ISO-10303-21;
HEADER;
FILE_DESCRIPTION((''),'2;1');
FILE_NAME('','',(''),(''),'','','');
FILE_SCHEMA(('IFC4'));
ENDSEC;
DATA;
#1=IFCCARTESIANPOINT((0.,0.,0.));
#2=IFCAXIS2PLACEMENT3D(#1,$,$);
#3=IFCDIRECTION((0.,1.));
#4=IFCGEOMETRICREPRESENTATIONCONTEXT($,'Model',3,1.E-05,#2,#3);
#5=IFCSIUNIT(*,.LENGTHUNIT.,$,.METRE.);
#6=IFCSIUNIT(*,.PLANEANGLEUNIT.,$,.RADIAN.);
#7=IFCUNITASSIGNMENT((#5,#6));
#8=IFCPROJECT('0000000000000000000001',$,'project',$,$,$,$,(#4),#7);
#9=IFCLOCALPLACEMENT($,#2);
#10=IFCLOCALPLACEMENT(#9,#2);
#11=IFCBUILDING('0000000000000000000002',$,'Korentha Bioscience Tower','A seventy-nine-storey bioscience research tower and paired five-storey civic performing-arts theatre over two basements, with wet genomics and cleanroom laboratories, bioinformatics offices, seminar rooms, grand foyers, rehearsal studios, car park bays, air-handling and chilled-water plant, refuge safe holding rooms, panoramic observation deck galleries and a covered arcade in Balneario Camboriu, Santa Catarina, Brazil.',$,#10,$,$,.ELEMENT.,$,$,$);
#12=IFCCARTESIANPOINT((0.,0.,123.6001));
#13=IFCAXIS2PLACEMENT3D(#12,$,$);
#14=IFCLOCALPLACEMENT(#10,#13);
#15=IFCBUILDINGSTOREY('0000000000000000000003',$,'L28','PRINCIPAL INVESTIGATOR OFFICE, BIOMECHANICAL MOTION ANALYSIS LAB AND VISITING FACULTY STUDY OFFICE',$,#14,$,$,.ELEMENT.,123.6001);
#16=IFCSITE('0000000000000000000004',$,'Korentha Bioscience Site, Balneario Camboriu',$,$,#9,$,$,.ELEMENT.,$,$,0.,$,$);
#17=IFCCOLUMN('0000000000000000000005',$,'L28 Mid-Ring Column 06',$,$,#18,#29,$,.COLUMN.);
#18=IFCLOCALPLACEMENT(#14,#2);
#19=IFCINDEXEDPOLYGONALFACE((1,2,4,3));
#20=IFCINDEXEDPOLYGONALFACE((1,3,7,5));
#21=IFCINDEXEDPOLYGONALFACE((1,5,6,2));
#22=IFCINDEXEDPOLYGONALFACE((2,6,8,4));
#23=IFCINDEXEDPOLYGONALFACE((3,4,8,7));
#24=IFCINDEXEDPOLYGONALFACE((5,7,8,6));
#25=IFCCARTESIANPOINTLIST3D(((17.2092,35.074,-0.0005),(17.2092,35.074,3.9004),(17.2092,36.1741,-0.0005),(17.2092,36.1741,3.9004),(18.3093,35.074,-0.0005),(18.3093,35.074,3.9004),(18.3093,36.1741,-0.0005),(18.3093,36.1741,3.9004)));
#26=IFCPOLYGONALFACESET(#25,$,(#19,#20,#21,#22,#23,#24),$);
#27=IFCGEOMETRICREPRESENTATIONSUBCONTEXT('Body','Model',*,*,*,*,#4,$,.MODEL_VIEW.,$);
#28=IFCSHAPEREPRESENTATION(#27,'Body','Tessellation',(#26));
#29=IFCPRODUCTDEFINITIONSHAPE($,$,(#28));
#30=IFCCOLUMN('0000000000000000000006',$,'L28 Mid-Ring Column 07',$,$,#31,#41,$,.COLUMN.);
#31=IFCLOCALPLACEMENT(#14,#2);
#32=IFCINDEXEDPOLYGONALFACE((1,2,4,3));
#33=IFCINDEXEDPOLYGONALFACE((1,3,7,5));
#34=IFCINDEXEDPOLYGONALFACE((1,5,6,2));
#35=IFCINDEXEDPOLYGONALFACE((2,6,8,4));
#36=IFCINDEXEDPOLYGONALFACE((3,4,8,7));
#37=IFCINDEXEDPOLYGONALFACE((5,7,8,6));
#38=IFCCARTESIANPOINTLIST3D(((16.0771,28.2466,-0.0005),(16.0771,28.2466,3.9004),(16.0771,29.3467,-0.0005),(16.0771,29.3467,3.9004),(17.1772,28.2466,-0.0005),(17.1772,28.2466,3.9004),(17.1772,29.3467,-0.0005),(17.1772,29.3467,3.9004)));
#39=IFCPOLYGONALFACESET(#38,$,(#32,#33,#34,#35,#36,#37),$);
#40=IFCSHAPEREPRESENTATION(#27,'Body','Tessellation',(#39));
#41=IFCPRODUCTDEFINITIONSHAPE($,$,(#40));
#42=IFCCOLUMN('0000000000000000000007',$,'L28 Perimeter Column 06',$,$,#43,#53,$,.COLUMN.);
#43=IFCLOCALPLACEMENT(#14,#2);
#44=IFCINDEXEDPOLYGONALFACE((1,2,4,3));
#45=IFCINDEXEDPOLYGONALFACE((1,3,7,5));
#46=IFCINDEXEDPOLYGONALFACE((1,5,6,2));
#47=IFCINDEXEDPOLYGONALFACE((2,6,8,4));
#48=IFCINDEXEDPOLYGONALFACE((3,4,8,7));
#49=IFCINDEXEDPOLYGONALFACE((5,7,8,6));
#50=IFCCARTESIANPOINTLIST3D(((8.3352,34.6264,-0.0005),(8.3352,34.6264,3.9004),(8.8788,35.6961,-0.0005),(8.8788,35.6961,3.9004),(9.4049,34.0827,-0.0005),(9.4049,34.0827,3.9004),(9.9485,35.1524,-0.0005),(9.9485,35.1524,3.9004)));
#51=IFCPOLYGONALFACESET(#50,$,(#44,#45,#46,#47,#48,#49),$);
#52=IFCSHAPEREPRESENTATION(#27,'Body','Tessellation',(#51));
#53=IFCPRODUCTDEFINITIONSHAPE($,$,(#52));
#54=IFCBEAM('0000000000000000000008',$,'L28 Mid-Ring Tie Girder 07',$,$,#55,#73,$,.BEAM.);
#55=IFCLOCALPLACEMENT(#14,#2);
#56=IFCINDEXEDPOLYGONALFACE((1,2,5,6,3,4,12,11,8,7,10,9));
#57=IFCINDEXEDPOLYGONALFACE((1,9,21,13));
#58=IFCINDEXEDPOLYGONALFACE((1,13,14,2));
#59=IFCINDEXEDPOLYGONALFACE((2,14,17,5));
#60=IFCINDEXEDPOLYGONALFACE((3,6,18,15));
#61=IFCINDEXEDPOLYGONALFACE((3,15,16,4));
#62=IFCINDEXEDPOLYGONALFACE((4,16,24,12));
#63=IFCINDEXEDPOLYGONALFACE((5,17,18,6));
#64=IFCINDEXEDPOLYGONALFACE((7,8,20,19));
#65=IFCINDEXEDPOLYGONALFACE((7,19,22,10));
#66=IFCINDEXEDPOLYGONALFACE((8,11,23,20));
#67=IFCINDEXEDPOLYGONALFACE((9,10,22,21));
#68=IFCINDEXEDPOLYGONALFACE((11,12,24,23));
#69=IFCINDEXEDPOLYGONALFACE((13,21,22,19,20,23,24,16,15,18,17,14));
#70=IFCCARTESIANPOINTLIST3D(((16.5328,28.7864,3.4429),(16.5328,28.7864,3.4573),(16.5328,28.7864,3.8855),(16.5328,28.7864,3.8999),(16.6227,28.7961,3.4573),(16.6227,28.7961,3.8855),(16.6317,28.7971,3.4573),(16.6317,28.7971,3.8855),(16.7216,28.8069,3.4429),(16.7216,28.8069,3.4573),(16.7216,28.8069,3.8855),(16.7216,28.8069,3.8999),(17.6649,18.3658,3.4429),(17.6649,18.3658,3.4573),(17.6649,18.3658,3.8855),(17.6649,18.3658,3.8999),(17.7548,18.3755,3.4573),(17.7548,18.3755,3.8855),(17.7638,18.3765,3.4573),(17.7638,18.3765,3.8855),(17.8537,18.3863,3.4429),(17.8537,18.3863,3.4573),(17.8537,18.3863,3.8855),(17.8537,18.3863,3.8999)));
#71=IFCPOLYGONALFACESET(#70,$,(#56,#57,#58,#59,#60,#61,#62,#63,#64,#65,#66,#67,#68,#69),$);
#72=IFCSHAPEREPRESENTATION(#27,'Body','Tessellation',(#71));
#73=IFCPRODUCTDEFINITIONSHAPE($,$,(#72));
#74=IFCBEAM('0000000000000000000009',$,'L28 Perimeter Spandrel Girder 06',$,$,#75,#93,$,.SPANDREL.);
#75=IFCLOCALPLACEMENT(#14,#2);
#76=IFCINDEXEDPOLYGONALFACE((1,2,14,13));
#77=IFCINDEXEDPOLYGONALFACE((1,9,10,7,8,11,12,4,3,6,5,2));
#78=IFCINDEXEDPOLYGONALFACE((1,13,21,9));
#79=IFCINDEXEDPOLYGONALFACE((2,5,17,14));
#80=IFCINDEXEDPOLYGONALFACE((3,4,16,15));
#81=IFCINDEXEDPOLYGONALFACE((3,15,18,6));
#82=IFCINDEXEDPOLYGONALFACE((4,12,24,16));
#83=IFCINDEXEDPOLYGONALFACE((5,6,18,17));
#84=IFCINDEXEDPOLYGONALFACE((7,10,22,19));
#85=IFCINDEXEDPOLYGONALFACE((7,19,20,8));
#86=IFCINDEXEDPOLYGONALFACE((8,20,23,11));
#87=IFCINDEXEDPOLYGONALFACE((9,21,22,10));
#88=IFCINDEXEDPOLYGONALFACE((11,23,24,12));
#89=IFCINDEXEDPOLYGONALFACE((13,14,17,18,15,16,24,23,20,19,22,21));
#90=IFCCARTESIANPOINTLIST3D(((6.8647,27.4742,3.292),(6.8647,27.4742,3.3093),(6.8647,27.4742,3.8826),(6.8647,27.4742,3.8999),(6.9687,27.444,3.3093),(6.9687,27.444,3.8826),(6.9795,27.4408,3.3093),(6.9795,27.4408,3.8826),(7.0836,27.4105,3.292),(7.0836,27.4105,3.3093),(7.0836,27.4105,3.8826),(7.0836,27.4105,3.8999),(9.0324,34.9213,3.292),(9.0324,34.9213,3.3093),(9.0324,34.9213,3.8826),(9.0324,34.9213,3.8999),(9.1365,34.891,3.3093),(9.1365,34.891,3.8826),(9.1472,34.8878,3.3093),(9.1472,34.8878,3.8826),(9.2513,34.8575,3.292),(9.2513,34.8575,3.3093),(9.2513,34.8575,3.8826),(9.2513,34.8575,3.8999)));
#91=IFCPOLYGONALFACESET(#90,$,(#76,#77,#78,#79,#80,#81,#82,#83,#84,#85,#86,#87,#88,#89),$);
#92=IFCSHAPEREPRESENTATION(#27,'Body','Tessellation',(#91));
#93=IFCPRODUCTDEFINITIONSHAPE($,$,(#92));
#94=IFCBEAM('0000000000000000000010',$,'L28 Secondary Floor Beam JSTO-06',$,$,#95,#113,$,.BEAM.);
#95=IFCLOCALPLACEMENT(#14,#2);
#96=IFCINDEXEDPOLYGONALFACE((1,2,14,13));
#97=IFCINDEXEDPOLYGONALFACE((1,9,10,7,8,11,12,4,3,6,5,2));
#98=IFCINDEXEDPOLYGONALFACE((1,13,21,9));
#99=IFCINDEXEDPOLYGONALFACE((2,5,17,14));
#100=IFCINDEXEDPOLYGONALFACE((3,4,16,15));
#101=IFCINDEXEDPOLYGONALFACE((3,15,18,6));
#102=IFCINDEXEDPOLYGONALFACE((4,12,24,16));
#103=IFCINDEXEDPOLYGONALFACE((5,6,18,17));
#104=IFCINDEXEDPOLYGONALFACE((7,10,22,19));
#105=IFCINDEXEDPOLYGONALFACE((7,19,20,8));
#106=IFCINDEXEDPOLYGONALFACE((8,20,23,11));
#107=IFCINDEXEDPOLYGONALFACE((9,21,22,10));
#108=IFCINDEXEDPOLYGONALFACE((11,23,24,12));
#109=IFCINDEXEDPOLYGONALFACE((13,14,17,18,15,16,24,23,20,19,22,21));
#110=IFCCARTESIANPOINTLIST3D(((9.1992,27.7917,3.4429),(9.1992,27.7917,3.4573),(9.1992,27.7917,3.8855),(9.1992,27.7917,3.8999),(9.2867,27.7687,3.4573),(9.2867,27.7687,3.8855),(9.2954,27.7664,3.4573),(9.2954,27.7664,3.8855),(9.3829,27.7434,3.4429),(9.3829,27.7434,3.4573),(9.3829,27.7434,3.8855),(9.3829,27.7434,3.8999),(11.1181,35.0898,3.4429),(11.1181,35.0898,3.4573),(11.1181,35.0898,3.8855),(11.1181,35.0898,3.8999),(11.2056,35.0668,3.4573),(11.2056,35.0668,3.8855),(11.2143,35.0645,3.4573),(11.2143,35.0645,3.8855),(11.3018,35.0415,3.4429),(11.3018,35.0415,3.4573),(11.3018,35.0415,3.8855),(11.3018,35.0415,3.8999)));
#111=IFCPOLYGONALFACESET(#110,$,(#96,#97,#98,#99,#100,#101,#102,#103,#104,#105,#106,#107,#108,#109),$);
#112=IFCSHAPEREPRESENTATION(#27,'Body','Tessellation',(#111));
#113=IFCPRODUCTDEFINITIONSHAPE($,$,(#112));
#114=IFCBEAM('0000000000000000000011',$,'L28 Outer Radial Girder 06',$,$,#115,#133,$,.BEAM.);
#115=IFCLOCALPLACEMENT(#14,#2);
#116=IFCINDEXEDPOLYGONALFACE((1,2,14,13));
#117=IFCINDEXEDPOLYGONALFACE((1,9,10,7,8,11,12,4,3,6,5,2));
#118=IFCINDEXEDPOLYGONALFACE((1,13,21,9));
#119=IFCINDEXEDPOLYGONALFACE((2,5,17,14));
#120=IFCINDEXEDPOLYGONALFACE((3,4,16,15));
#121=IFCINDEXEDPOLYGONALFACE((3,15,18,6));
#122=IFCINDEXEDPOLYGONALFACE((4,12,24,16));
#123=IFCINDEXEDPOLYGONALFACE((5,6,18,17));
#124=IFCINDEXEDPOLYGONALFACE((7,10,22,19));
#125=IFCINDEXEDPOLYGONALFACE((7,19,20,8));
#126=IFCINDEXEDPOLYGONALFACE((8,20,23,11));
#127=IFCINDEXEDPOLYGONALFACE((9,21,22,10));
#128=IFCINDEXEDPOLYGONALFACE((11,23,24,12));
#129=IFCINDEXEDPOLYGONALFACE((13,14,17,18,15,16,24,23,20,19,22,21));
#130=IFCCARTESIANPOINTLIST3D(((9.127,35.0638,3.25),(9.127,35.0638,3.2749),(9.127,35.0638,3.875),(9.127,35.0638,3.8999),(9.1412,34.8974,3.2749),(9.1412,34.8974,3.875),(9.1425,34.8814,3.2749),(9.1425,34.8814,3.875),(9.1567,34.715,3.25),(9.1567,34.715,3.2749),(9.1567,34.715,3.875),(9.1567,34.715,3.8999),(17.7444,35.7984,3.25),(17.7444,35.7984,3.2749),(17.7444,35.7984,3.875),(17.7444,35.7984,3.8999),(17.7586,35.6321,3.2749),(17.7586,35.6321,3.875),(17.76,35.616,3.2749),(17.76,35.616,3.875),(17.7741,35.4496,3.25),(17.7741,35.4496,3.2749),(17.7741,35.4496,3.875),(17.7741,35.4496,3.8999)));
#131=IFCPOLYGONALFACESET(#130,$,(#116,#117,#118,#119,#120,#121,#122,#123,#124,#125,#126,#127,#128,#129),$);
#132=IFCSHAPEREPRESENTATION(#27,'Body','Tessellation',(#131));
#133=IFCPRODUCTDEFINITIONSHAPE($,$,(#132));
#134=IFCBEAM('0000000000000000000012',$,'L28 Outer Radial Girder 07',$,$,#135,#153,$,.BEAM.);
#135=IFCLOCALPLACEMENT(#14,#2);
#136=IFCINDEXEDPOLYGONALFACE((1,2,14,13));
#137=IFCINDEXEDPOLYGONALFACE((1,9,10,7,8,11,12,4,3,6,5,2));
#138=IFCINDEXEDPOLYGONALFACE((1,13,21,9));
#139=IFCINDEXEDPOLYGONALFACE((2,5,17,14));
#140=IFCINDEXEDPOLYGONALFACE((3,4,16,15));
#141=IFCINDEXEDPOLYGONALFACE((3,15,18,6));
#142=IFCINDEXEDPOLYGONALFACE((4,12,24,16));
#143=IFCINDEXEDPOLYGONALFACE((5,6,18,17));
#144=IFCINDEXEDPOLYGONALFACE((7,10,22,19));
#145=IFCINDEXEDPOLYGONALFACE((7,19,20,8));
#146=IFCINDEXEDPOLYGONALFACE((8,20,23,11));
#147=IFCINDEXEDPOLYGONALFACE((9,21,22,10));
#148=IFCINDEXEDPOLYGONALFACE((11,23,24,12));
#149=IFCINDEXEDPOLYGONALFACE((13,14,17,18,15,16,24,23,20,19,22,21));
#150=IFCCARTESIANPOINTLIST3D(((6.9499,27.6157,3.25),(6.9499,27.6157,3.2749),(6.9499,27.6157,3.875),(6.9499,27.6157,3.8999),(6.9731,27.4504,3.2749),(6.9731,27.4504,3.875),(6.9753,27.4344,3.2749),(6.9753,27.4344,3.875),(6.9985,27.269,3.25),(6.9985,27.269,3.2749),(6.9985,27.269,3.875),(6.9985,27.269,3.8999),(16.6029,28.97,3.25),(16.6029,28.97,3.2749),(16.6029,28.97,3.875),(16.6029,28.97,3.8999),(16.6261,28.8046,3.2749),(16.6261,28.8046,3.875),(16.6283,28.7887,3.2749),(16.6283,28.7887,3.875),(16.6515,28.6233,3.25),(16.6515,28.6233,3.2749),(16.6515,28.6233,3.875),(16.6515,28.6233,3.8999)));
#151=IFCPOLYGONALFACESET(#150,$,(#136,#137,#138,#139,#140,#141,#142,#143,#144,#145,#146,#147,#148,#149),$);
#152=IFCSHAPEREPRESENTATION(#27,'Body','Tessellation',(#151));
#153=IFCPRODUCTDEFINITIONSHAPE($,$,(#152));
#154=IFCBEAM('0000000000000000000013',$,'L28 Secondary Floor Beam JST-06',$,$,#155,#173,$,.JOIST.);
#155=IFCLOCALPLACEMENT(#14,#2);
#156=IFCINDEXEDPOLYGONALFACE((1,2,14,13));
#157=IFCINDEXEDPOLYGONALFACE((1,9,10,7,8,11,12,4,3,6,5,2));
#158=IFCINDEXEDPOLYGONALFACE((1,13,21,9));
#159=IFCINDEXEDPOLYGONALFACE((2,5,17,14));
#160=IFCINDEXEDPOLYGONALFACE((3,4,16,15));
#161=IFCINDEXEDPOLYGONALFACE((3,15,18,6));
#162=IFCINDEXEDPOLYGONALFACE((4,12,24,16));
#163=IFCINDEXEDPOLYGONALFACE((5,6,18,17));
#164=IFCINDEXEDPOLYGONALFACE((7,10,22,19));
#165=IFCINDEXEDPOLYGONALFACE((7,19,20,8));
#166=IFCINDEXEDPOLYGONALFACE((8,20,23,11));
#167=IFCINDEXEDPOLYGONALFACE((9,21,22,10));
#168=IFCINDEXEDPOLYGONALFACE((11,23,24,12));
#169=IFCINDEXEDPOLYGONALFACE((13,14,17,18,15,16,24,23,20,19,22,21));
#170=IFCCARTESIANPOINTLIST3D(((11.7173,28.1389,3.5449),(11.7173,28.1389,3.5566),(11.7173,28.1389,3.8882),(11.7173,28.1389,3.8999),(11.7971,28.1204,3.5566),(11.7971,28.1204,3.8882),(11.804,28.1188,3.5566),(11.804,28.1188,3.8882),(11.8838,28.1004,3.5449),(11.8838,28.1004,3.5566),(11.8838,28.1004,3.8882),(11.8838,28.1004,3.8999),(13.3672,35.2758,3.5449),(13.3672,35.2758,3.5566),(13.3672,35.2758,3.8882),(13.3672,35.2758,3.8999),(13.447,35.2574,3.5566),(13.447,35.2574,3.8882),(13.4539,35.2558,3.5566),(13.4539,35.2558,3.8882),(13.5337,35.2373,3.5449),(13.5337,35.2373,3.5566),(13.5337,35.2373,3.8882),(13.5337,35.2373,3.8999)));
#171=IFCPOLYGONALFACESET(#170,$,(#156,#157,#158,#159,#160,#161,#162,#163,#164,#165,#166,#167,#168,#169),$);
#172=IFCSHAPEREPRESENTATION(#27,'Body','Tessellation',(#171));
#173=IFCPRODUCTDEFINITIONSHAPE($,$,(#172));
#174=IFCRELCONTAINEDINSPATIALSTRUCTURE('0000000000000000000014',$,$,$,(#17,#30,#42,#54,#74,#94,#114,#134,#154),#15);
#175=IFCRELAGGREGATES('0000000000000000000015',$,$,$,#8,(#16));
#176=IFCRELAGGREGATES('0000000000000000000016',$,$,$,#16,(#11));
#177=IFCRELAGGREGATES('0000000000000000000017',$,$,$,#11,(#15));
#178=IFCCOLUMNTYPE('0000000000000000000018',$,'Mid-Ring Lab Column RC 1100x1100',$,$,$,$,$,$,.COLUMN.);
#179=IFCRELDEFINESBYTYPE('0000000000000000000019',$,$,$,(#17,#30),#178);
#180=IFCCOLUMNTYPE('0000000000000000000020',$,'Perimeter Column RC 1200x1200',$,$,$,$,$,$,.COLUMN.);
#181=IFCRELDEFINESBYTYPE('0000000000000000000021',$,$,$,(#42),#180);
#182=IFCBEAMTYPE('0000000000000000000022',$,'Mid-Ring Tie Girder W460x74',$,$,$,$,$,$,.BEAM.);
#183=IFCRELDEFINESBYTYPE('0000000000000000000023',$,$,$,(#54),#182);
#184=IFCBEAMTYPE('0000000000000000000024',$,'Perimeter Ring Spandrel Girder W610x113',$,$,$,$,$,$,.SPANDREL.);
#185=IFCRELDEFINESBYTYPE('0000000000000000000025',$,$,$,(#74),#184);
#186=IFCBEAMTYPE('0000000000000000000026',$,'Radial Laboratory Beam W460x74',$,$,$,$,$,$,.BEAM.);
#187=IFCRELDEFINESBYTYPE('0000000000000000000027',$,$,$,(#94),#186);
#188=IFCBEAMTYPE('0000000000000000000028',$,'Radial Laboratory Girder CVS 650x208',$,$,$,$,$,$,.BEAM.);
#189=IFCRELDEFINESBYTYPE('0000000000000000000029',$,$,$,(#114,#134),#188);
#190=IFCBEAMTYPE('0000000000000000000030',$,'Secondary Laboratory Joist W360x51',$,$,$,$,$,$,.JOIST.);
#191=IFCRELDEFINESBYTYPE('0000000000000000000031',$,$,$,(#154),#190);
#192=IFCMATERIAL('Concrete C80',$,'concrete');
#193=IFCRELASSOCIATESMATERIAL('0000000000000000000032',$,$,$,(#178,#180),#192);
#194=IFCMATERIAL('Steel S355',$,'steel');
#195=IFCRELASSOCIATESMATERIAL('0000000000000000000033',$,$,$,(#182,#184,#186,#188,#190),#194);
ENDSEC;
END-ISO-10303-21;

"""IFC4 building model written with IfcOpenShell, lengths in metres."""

from ifc_helpers import new_model, si_unit, direction, frame, origin, origin_2d, place, context, subcontext, project, spatial, rectangle, i_section, extrude, material, material_profile, profile_set, type_object, element, save


model = new_model("IFC4")

# Units and contexts
model_context = context("Model", 3, precision=1e-05, world=origin(), true_north=direction((0.0, 1.0)))
body_context = subcontext(model_context, "Body", "Model", "MODEL_VIEW")
ifc_project = project(units=[si_unit("LENGTHUNIT", "METRE"), si_unit("PLANEANGLEUNIT", "RADIAN")], contexts=[model_context])

# Site, building, storey
site_placement = place(None, origin())
site = spatial("IfcSite", under=ifc_project, at=site_placement, Name="Korentha Bioscience Site, Balneario Camboriu", CompositionType="ELEMENT", RefElevation=0.0)
building_placement = place(site_placement, origin())
building = spatial("IfcBuilding", under=site, at=building_placement, Name="Korentha Bioscience Tower", Description="A seventy-nine-storey bioscience research tower and paired five-storey civic performing-arts theatre over two basements, with wet genomics and cleanroom laboratories, bioinformatics offices, seminar rooms, grand foyers, rehearsal studios, car park bays, air-handling and chilled-water plant, refuge safe holding rooms, panoramic observation deck galleries and a covered arcade in Balneario Camboriu, Santa Catarina, Brazil.", CompositionType="ELEMENT")
storey_placement = place(building_placement, frame((0.0, 0.0, 123.6001)))
storey = spatial("IfcBuildingStorey", under=building, at=storey_placement, Name="L28", Description="PRINCIPAL INVESTIGATOR OFFICE, BIOMECHANICAL MOTION ANALYSIS LAB AND VISITING FACULTY STUDY OFFICE", CompositionType="ELEMENT", Elevation=123.6001)

# Columns
ifc_material_1 = material(Name="Concrete C80", Category="concrete")
ifc_material_profile_1 = material_profile(ifc_material_1, rectangle(XDim=1.1001, YDim=1.1001, at=origin_2d()), Name="Concrete C80")
ifc_profile_set_1 = profile_set([ifc_material_profile_1], Name="Concrete C80 (COL-MR11)")
column_type_1 = type_object("IfcColumnType", Name="Mid-Ring Lab Column RC 1100x1100", PredefinedType="COLUMN", material=ifc_profile_set_1)
for number, where, z_axis, x_axis, name in (
    (1, (17.7593, 35.624, -0.0005), (0.0, 0.0, 1.0), (1.0, 0.0, 0.0), "L28 Mid-Ring Column 06"),
    (2, (16.6272, 28.7966, -0.0005), (0.0, 0.0, 1.0), (1.0, 0.0, 0.0), "L28 Mid-Ring Column 07"),
):
    element("IfcColumn", number, at=place(storey_placement, frame(where, z_axis=z_axis, x_axis=x_axis)), inside=storey, type_object=column_type_1, Name=name, PredefinedType="COLUMN", context=body_context, shape_type="SweptSolid", body=[
        extrude(rectangle(XDim=1.1001, YDim=1.1001, at=origin_2d()), origin(), (0.0, 0.0, 1.0), 3.9009),
    ])
ifc_material_profile_2 = material_profile(ifc_material_1, rectangle(XDim=1.2, YDim=1.2, at=origin_2d()), Name="Concrete C80")
ifc_profile_set_2 = profile_set([ifc_material_profile_2], Name="Concrete C80 (COL-P12)")
column_type_2 = type_object("IfcColumnType", Name="Perimeter Column RC 1200x1200", PredefinedType="COLUMN", material=ifc_profile_set_2)
column_placement = place(storey_placement, frame((9.1418, 34.8894, -0.0005), z_axis=(0.0, 0.0, 1.0), x_axis=(0.453057, 0.891481, 0.0)))
element("IfcColumn", 3, at=column_placement, inside=storey, type_object=column_type_2, Name="L28 Perimeter Column 06", PredefinedType="COLUMN", context=body_context, shape_type="SweptSolid", body=[
    extrude(rectangle(XDim=1.2, YDim=1.2, at=origin_2d()), origin(), (0.0, 0.0, 1.0), 3.9009),
])

# Beams
ifc_material_2 = material(Name="Steel S355", Category="steel")
ifc_material_profile_3 = material_profile(ifc_material_2, i_section(OverallWidth=0.1899, OverallDepth=0.457, WebThickness=0.009, FlangeThickness=0.0144, at=origin_2d()), Name="Steel S355")
ifc_profile_set_3 = profile_set([ifc_material_profile_3], Name="Steel S355 (MB-460)")
beam_type_1 = type_object("IfcBeamType", Name="Mid-Ring Tie Girder W460x74", PredefinedType="BEAM", material=ifc_profile_set_3)
beam_1_placement = place(storey_placement, frame((16.6272, 28.7966, 3.6714), z_axis=(0.108003, -0.994151, 0.0), x_axis=(0.994151, 0.108003, 0.0)))
element("IfcBeam", 4, at=beam_1_placement, inside=storey, type_object=beam_type_1, Name="L28 Mid-Ring Tie Girder 07", PredefinedType="BEAM", context=body_context, shape_type="SweptSolid", body=[
    extrude(i_section(OverallWidth=0.1899, OverallDepth=0.457, WebThickness=0.009, FlangeThickness=0.0144, at=origin_2d()), origin(), (0.0, 0.0, 1.0), 10.4819),
])
ifc_material_profile_4 = material_profile(ifc_material_2, i_section(OverallWidth=0.228, OverallDepth=0.6079, WebThickness=0.0112, FlangeThickness=0.0173, at=origin_2d()), Name="Steel S355")
ifc_profile_set_4 = profile_set([ifc_material_profile_4], Name="Steel S355 (SB-610)")
beam_type_2 = type_object("IfcBeamType", Name="Perimeter Ring Spandrel Girder W610x113", PredefinedType="SPANDREL", material=ifc_profile_set_4)
beam_2_placement = place(storey_placement, frame((9.1418, 34.8894, 3.5959), z_axis=(-0.279486, -0.96015, 0.0), x_axis=(0.96015, -0.279486, 0.0)))
element("IfcBeam", 5, at=beam_2_placement, inside=storey, type_object=beam_type_2, Name="L28 Perimeter Spandrel Girder 06", PredefinedType="SPANDREL", context=body_context, shape_type="SweptSolid", body=[
    extrude(i_section(OverallWidth=0.228, OverallDepth=0.6079, WebThickness=0.0112, FlangeThickness=0.0173, at=origin_2d()), origin(), (0.0, 0.0, 1.0), 7.7561),
])
ifc_material_profile_5 = material_profile(ifc_material_2, i_section(OverallWidth=0.1899, OverallDepth=0.457, WebThickness=0.009, FlangeThickness=0.0144, at=origin_2d()), Name="Steel S355")
ifc_profile_set_5 = profile_set([ifc_material_profile_5], Name="Steel S355 (RB-460)")
beam_type_3 = type_object("IfcBeamType", Name="Radial Laboratory Beam W460x74", PredefinedType="BEAM", material=ifc_profile_set_5)
beam_3_placement = place(storey_placement, frame((11.21, 35.0657, 3.6714), z_axis=(-0.254294, -0.967127, 0.0), x_axis=(0.967127, -0.254294, 0.0)))
element("IfcBeam", 6, at=beam_3_placement, inside=storey, type_object=beam_type_3, Name="L28 Secondary Floor Beam JSTO-06", PredefinedType="BEAM", context=body_context, shape_type="SweptSolid", body=[
    extrude(i_section(OverallWidth=0.1899, OverallDepth=0.457, WebThickness=0.009, FlangeThickness=0.0144, at=origin_2d()), origin(), (0.0, 0.0, 1.0), 7.5461),
])
ifc_material_profile_6 = material_profile(ifc_material_2, i_section(OverallWidth=0.3501, OverallDepth=0.6499, WebThickness=0.0161, FlangeThickness=0.0249, at=origin_2d()), Name="Steel S355")
ifc_profile_set_6 = profile_set([ifc_material_profile_6], Name="Steel S355 (RB-650)")
beam_type_4 = type_object("IfcBeamType", Name="Radial Laboratory Girder CVS 650x208", PredefinedType="BEAM", material=ifc_profile_set_6)
beam_4_placement = place(storey_placement, frame((17.7593, 35.624, 3.575), z_axis=(-0.996386, -0.08494, 0.0), x_axis=(0.08494, -0.996386, 0.0)))
element("IfcBeam", 7, at=beam_4_placement, inside=storey, type_object=beam_type_4, Name="L28 Outer Radial Girder 06", PredefinedType="BEAM", context=body_context, shape_type="SweptSolid", body=[
    extrude(i_section(OverallWidth=0.3501, OverallDepth=0.6499, WebThickness=0.0161, FlangeThickness=0.0249, at=origin_2d()), origin(), (0.0, 0.0, 1.0), 8.6487),
])
beam_5_placement = place(storey_placement, frame((16.6272, 28.7966, 3.575), z_axis=(-0.990302, -0.138931, 0.0), x_axis=(0.138931, -0.990302, 0.0)))
element("IfcBeam", 8, at=beam_5_placement, inside=storey, type_object=beam_type_4, Name="L28 Outer Radial Girder 07", PredefinedType="BEAM", context=body_context, shape_type="SweptSolid", body=[
    extrude(i_section(OverallWidth=0.3501, OverallDepth=0.6499, WebThickness=0.0161, FlangeThickness=0.0249, at=origin_2d()), origin(), (0.0, 0.0, 1.0), 9.7476),
])
ifc_material_profile_7 = material_profile(ifc_material_2, i_section(OverallWidth=0.1709, OverallDepth=0.355, WebThickness=0.0071, FlangeThickness=0.0117, at=origin_2d()), Name="Steel S355")
ifc_profile_set_7 = profile_set([ifc_material_profile_7], Name="Steel S355 (JB-360)")
beam_type_5 = type_object("IfcBeamType", Name="Secondary Laboratory Joist W360x51", PredefinedType="JOIST", material=ifc_profile_set_7)
beam_6_placement = place(storey_placement, frame((13.4504, 35.2566, 3.7224), z_axis=(-0.225237, -0.974304, 0.0), x_axis=(0.974304, -0.225237, 0.0)))
element("IfcBeam", 9, at=beam_6_placement, inside=storey, type_object=beam_type_5, Name="L28 Secondary Floor Beam JST-06", PredefinedType="JOIST", context=body_context, shape_type="SweptSolid", body=[
    extrude(i_section(OverallWidth=0.1709, OverallDepth=0.355, WebThickness=0.0071, FlangeThickness=0.0117, at=origin_2d()), origin(), (0.0, 0.0, 1.0), 7.3252),
])

save(model, "model.ifc")
